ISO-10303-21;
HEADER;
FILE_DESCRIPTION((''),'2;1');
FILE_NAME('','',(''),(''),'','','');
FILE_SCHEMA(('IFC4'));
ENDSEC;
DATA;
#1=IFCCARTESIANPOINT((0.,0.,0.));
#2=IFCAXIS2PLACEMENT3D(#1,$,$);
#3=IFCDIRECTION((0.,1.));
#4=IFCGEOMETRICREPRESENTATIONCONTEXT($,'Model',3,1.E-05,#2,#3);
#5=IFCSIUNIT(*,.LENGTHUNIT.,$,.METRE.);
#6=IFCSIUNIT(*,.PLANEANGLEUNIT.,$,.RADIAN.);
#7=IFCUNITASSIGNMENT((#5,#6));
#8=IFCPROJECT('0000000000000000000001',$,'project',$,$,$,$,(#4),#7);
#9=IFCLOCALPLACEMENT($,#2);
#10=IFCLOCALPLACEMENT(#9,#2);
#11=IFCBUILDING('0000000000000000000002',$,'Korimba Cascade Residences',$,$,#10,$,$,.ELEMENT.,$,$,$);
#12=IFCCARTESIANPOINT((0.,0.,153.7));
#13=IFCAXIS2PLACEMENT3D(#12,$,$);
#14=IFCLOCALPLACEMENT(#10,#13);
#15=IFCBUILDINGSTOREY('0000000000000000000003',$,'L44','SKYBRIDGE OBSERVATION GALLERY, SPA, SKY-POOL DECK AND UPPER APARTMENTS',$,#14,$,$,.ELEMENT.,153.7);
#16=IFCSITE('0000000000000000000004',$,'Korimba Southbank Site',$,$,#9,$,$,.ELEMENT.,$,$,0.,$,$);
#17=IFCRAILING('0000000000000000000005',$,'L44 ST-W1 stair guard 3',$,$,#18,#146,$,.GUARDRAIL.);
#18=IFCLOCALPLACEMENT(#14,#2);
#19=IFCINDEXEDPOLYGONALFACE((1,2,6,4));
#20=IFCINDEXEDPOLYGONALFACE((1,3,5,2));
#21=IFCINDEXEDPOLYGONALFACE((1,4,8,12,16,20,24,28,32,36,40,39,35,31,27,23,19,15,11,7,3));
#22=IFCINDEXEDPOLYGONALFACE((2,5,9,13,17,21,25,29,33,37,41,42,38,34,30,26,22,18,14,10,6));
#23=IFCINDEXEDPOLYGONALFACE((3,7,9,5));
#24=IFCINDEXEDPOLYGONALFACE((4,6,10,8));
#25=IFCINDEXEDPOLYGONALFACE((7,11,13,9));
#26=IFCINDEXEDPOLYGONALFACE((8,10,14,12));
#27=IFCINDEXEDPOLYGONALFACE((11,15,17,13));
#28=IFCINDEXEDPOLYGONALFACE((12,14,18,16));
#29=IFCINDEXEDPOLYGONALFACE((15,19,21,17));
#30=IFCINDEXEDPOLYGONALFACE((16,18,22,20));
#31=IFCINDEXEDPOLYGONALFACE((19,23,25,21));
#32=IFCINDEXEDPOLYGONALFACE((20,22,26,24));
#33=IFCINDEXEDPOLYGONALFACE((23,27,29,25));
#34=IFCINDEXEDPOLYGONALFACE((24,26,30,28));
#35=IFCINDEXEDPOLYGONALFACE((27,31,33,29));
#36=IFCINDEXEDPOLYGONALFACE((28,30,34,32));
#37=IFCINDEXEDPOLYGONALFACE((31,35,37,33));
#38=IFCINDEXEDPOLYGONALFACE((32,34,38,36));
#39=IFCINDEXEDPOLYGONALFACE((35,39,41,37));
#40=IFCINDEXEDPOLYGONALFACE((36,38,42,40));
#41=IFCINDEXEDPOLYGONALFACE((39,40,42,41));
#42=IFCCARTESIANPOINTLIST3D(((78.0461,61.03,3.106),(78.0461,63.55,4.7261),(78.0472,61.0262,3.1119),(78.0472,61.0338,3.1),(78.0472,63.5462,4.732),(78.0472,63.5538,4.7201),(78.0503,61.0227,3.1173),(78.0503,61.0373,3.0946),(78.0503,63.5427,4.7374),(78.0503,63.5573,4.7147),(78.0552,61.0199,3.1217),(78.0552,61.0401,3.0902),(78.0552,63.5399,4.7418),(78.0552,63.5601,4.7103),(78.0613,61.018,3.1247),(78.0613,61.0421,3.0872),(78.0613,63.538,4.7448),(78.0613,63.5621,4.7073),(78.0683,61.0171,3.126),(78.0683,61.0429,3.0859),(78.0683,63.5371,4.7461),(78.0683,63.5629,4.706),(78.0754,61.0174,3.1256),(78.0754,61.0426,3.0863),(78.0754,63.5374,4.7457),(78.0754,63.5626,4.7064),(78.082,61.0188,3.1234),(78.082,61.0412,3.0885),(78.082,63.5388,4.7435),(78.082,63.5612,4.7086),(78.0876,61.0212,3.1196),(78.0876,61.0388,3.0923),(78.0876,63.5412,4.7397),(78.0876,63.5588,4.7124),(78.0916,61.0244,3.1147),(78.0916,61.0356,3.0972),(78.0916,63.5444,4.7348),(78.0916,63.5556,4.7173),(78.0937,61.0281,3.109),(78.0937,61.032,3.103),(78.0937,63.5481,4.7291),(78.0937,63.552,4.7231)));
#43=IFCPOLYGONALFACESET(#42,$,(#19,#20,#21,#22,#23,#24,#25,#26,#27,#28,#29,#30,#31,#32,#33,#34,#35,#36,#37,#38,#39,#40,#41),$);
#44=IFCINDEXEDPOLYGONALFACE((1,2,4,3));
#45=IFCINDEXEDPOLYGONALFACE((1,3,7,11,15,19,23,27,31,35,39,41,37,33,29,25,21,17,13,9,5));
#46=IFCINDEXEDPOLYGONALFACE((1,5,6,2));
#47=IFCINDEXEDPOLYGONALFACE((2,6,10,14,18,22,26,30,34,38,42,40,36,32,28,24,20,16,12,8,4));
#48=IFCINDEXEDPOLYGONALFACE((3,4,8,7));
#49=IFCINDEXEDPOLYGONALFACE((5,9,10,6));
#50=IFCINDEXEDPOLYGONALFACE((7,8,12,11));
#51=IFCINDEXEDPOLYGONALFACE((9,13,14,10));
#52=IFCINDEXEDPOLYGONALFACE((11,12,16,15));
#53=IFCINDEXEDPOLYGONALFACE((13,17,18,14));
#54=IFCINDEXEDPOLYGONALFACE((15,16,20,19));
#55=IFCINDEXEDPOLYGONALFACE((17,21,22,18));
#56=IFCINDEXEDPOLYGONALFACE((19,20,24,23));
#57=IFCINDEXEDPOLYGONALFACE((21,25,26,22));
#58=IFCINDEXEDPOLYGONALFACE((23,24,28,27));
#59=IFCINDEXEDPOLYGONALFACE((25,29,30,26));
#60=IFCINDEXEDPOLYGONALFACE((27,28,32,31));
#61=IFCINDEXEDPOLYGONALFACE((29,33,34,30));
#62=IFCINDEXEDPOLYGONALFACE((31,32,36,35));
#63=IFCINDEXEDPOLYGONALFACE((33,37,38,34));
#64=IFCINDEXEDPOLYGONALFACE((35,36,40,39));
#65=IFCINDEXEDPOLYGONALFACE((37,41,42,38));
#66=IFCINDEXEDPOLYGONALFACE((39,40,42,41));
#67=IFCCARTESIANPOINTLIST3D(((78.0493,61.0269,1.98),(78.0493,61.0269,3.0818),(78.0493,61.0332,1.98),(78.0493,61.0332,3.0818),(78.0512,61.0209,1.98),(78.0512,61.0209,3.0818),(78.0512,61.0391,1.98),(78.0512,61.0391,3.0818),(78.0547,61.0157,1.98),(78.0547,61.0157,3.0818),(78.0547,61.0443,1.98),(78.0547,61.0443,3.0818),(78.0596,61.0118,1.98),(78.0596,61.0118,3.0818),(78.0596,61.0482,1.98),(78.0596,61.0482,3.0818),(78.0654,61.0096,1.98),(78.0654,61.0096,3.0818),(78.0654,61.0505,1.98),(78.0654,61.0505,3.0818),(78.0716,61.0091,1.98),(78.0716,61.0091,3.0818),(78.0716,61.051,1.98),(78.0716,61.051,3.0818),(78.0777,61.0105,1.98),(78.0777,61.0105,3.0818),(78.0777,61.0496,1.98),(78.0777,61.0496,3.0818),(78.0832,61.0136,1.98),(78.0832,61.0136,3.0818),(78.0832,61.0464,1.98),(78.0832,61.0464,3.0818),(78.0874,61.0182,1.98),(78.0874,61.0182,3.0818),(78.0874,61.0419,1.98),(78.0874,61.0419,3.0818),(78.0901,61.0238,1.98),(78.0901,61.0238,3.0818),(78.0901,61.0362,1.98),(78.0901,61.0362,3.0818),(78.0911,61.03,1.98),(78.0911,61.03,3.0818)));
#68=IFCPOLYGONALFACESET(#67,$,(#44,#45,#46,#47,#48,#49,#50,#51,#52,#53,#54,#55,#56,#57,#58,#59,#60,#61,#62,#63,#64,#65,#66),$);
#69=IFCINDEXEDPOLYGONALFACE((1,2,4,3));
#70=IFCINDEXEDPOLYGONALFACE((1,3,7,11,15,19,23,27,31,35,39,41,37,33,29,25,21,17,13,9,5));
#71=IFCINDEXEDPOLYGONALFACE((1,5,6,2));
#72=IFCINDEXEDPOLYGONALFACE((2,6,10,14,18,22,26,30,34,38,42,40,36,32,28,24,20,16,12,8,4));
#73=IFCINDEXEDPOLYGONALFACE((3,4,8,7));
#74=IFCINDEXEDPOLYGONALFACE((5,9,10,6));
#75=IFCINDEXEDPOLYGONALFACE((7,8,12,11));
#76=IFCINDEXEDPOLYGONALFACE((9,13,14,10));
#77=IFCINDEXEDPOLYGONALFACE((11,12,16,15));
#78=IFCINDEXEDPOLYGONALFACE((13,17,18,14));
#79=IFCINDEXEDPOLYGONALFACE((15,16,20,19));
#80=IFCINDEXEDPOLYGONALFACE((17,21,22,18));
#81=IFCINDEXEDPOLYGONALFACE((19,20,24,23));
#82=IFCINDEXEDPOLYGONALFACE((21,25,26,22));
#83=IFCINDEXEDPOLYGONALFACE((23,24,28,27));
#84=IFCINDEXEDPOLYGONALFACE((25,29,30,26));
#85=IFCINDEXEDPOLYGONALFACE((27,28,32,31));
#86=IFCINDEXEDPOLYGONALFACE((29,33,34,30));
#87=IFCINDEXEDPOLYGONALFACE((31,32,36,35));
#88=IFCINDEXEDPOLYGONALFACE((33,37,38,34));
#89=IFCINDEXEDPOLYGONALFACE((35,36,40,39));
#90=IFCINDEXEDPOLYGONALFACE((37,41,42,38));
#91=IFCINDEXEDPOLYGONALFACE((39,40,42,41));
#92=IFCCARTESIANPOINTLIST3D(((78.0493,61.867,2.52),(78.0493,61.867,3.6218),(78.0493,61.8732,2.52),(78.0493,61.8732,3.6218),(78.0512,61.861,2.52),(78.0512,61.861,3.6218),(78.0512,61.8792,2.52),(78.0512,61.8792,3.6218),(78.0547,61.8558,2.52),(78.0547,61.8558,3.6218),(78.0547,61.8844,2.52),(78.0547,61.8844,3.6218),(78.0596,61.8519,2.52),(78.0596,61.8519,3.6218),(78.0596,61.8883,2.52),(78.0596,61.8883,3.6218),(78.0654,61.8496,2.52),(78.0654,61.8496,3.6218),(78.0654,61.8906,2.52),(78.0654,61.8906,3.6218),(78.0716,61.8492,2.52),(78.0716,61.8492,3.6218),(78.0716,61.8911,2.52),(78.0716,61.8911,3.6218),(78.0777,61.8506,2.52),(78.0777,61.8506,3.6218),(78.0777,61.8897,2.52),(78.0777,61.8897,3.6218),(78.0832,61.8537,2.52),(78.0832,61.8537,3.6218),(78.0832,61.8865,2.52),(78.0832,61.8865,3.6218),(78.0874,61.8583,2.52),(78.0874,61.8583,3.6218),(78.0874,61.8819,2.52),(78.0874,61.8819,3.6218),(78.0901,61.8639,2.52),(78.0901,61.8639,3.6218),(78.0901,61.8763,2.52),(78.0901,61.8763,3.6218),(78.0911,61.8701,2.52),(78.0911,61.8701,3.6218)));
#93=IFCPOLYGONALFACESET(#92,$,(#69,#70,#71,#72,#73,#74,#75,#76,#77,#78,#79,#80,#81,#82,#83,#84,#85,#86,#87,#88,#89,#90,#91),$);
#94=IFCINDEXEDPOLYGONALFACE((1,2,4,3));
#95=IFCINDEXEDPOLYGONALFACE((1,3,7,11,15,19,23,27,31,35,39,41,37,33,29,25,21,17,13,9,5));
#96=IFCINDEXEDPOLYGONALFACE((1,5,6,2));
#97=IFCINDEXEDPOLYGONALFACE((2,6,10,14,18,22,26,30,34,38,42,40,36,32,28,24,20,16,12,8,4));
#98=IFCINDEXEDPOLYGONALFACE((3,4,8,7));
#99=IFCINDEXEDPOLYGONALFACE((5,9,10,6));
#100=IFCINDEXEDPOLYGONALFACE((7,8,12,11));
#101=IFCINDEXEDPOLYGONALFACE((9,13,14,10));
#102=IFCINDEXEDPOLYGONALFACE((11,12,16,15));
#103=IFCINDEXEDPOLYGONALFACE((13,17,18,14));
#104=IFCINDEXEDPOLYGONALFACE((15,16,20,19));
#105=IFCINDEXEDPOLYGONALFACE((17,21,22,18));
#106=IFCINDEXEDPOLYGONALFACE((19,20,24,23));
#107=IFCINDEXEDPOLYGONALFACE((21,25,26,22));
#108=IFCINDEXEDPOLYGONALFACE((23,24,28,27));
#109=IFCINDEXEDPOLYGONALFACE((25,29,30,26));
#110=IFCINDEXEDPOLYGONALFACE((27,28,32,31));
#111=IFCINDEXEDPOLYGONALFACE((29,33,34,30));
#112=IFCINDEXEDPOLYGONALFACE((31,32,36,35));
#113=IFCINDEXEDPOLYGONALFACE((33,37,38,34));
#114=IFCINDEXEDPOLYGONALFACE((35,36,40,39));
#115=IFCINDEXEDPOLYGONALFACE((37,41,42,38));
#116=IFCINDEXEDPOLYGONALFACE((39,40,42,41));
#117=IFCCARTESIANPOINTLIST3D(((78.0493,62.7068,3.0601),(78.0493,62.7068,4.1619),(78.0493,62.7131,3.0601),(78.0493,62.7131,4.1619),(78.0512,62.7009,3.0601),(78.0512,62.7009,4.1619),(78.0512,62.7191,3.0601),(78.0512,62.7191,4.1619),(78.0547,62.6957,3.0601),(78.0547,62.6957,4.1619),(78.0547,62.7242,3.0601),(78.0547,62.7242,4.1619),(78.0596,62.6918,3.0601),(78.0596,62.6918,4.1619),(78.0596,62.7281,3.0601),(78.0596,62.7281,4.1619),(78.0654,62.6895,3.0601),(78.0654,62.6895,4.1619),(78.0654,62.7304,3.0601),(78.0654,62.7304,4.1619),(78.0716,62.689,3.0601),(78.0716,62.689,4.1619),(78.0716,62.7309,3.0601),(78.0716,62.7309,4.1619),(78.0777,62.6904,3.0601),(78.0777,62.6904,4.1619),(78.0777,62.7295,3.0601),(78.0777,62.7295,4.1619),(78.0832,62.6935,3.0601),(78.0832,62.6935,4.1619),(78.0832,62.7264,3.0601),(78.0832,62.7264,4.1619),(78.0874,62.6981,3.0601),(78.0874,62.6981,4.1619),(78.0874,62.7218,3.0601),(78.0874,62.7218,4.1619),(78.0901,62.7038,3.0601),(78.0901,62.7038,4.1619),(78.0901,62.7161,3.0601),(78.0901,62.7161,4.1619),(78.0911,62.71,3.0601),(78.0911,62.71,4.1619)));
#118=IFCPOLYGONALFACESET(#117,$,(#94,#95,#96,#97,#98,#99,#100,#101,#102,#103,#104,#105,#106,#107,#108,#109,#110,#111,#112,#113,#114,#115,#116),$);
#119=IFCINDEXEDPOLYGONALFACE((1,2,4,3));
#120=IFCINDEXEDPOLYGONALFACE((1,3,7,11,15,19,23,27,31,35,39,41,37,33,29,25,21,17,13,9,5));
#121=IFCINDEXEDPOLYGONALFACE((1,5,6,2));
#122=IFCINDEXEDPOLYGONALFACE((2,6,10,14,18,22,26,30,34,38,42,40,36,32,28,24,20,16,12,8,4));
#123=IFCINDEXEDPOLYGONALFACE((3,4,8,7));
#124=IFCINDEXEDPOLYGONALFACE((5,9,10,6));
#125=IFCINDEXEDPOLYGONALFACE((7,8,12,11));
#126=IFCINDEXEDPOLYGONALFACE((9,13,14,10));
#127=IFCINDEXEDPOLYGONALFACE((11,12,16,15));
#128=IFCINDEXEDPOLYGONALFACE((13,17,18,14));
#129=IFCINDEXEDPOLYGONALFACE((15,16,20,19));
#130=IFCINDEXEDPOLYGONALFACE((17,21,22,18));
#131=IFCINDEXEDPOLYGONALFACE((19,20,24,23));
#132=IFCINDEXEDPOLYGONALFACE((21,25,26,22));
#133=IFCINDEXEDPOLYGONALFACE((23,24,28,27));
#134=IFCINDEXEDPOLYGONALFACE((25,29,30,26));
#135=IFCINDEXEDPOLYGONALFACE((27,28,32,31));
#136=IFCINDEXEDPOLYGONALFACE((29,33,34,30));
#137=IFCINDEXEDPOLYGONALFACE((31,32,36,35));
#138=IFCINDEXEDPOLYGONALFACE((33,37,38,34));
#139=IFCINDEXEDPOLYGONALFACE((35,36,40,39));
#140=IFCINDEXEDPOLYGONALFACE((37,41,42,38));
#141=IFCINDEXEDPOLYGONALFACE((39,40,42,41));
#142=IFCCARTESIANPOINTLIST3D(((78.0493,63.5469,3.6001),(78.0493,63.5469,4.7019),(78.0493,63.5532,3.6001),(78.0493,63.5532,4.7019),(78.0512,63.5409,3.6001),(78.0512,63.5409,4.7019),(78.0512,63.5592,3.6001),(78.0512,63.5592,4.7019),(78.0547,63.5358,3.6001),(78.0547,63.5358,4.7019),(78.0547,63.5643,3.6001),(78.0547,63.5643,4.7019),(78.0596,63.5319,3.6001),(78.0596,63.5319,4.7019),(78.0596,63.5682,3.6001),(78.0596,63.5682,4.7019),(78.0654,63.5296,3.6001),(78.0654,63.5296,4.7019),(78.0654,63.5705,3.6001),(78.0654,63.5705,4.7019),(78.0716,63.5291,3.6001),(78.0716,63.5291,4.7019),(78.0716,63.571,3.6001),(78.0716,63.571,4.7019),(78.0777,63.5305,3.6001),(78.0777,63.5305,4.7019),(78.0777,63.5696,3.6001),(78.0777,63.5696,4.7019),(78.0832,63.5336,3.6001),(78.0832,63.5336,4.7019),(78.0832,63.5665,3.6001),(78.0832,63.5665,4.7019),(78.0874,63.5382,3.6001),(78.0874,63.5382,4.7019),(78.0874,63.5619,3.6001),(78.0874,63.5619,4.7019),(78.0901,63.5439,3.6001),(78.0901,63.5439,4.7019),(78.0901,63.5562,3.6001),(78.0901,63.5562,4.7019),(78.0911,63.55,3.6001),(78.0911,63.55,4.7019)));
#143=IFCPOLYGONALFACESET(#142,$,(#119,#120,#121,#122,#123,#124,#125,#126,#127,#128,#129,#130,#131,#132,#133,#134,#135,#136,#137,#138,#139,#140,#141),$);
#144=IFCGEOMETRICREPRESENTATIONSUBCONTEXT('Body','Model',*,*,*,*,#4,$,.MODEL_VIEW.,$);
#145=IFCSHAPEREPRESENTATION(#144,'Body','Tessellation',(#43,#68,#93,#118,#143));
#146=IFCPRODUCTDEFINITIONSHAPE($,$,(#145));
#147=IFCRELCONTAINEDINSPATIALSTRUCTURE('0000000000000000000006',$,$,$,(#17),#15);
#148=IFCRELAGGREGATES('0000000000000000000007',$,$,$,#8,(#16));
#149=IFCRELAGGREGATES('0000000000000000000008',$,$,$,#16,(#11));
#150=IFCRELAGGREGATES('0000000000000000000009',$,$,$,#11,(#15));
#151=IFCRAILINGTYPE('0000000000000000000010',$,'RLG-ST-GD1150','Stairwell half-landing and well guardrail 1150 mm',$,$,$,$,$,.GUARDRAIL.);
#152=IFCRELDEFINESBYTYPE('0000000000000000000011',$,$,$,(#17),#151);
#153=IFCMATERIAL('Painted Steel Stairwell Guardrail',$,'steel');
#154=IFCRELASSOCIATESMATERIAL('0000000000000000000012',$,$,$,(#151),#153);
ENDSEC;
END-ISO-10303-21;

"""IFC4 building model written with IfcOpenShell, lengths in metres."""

from ifc_helpers import new_model, si_unit, direction, frame, origin, origin_2d, place, context, subcontext, project, spatial, circle, extrude, material, type_object, element, save


model = new_model("IFC4")

# Units and contexts
model_context = context("Model", 3, precision=1e-05, world=origin(), true_north=direction((0.0, 1.0)))
body_context = subcontext(model_context, "Body", "Model", "MODEL_VIEW")
ifc_project = project(units=[si_unit("LENGTHUNIT", "METRE"), si_unit("PLANEANGLEUNIT", "RADIAN")], contexts=[model_context])

# Site, building, storey
site_placement = place(None, origin())
site = spatial("IfcSite", under=ifc_project, at=site_placement, Name="Korimba Southbank Site", CompositionType="ELEMENT", RefElevation=0.0)
building_placement = place(site_placement, origin())
building = spatial("IfcBuilding", under=site, at=building_placement, Name="Korimba Cascade Residences", CompositionType="ELEMENT")
storey_placement = place(building_placement, frame((0.0, 0.0, 153.7)))
storey = spatial("IfcBuildingStorey", under=building, at=storey_placement, Name="L44", Description="SKYBRIDGE OBSERVATION GALLERY, SPA, SKY-POOL DECK AND UPPER APARTMENTS", CompositionType="ELEMENT", Elevation=153.7)

# Railing
ifc_material_1 = material(Name="Painted Steel Stairwell Guardrail", Category="steel")
railing_type_1 = type_object("IfcRailingType", Name="RLG-ST-GD1150", Description="Stairwell half-landing and well guardrail 1150 mm", PredefinedType="GUARDRAIL", material=ifc_material_1)
railing_1_placement = place(storey_placement, frame((78.0701, 61.03, 1.98)))
element("IfcRailing", 1, at=railing_1_placement, inside=storey, type_object=railing_type_1, Name="L44 ST-W1 stair guard 3", PredefinedType="GUARDRAIL", context=body_context, shape_type="SweptSolid", body=[
    extrude(circle(Radius=0.0239, at=origin_2d()), frame((0.0, 0.0, 1.126), z_axis=(0.0, 0.841163, 0.540782), x_axis=(-1.0, 0.0, 0.0)), (0.0, 0.0, 1.0), 2.9958),
    extrude(circle(Radius=0.021, at=origin_2d()), origin(), (0.0, 0.0, 1.0), 1.1018),
    extrude(circle(Radius=0.021, at=origin_2d()), frame((0.0, 0.8401, 0.54)), (0.0, 0.0, 1.0), 1.1018),
    extrude(circle(Radius=0.021, at=origin_2d()), frame((0.0, 1.6799, 1.0801)), (0.0, 0.0, 1.0), 1.1018),
    extrude(circle(Radius=0.021, at=origin_2d()), frame((0.0, 2.52, 1.6201)), (0.0, 0.0, 1.0), 1.1018),
])

save(model, "model.ifc")
